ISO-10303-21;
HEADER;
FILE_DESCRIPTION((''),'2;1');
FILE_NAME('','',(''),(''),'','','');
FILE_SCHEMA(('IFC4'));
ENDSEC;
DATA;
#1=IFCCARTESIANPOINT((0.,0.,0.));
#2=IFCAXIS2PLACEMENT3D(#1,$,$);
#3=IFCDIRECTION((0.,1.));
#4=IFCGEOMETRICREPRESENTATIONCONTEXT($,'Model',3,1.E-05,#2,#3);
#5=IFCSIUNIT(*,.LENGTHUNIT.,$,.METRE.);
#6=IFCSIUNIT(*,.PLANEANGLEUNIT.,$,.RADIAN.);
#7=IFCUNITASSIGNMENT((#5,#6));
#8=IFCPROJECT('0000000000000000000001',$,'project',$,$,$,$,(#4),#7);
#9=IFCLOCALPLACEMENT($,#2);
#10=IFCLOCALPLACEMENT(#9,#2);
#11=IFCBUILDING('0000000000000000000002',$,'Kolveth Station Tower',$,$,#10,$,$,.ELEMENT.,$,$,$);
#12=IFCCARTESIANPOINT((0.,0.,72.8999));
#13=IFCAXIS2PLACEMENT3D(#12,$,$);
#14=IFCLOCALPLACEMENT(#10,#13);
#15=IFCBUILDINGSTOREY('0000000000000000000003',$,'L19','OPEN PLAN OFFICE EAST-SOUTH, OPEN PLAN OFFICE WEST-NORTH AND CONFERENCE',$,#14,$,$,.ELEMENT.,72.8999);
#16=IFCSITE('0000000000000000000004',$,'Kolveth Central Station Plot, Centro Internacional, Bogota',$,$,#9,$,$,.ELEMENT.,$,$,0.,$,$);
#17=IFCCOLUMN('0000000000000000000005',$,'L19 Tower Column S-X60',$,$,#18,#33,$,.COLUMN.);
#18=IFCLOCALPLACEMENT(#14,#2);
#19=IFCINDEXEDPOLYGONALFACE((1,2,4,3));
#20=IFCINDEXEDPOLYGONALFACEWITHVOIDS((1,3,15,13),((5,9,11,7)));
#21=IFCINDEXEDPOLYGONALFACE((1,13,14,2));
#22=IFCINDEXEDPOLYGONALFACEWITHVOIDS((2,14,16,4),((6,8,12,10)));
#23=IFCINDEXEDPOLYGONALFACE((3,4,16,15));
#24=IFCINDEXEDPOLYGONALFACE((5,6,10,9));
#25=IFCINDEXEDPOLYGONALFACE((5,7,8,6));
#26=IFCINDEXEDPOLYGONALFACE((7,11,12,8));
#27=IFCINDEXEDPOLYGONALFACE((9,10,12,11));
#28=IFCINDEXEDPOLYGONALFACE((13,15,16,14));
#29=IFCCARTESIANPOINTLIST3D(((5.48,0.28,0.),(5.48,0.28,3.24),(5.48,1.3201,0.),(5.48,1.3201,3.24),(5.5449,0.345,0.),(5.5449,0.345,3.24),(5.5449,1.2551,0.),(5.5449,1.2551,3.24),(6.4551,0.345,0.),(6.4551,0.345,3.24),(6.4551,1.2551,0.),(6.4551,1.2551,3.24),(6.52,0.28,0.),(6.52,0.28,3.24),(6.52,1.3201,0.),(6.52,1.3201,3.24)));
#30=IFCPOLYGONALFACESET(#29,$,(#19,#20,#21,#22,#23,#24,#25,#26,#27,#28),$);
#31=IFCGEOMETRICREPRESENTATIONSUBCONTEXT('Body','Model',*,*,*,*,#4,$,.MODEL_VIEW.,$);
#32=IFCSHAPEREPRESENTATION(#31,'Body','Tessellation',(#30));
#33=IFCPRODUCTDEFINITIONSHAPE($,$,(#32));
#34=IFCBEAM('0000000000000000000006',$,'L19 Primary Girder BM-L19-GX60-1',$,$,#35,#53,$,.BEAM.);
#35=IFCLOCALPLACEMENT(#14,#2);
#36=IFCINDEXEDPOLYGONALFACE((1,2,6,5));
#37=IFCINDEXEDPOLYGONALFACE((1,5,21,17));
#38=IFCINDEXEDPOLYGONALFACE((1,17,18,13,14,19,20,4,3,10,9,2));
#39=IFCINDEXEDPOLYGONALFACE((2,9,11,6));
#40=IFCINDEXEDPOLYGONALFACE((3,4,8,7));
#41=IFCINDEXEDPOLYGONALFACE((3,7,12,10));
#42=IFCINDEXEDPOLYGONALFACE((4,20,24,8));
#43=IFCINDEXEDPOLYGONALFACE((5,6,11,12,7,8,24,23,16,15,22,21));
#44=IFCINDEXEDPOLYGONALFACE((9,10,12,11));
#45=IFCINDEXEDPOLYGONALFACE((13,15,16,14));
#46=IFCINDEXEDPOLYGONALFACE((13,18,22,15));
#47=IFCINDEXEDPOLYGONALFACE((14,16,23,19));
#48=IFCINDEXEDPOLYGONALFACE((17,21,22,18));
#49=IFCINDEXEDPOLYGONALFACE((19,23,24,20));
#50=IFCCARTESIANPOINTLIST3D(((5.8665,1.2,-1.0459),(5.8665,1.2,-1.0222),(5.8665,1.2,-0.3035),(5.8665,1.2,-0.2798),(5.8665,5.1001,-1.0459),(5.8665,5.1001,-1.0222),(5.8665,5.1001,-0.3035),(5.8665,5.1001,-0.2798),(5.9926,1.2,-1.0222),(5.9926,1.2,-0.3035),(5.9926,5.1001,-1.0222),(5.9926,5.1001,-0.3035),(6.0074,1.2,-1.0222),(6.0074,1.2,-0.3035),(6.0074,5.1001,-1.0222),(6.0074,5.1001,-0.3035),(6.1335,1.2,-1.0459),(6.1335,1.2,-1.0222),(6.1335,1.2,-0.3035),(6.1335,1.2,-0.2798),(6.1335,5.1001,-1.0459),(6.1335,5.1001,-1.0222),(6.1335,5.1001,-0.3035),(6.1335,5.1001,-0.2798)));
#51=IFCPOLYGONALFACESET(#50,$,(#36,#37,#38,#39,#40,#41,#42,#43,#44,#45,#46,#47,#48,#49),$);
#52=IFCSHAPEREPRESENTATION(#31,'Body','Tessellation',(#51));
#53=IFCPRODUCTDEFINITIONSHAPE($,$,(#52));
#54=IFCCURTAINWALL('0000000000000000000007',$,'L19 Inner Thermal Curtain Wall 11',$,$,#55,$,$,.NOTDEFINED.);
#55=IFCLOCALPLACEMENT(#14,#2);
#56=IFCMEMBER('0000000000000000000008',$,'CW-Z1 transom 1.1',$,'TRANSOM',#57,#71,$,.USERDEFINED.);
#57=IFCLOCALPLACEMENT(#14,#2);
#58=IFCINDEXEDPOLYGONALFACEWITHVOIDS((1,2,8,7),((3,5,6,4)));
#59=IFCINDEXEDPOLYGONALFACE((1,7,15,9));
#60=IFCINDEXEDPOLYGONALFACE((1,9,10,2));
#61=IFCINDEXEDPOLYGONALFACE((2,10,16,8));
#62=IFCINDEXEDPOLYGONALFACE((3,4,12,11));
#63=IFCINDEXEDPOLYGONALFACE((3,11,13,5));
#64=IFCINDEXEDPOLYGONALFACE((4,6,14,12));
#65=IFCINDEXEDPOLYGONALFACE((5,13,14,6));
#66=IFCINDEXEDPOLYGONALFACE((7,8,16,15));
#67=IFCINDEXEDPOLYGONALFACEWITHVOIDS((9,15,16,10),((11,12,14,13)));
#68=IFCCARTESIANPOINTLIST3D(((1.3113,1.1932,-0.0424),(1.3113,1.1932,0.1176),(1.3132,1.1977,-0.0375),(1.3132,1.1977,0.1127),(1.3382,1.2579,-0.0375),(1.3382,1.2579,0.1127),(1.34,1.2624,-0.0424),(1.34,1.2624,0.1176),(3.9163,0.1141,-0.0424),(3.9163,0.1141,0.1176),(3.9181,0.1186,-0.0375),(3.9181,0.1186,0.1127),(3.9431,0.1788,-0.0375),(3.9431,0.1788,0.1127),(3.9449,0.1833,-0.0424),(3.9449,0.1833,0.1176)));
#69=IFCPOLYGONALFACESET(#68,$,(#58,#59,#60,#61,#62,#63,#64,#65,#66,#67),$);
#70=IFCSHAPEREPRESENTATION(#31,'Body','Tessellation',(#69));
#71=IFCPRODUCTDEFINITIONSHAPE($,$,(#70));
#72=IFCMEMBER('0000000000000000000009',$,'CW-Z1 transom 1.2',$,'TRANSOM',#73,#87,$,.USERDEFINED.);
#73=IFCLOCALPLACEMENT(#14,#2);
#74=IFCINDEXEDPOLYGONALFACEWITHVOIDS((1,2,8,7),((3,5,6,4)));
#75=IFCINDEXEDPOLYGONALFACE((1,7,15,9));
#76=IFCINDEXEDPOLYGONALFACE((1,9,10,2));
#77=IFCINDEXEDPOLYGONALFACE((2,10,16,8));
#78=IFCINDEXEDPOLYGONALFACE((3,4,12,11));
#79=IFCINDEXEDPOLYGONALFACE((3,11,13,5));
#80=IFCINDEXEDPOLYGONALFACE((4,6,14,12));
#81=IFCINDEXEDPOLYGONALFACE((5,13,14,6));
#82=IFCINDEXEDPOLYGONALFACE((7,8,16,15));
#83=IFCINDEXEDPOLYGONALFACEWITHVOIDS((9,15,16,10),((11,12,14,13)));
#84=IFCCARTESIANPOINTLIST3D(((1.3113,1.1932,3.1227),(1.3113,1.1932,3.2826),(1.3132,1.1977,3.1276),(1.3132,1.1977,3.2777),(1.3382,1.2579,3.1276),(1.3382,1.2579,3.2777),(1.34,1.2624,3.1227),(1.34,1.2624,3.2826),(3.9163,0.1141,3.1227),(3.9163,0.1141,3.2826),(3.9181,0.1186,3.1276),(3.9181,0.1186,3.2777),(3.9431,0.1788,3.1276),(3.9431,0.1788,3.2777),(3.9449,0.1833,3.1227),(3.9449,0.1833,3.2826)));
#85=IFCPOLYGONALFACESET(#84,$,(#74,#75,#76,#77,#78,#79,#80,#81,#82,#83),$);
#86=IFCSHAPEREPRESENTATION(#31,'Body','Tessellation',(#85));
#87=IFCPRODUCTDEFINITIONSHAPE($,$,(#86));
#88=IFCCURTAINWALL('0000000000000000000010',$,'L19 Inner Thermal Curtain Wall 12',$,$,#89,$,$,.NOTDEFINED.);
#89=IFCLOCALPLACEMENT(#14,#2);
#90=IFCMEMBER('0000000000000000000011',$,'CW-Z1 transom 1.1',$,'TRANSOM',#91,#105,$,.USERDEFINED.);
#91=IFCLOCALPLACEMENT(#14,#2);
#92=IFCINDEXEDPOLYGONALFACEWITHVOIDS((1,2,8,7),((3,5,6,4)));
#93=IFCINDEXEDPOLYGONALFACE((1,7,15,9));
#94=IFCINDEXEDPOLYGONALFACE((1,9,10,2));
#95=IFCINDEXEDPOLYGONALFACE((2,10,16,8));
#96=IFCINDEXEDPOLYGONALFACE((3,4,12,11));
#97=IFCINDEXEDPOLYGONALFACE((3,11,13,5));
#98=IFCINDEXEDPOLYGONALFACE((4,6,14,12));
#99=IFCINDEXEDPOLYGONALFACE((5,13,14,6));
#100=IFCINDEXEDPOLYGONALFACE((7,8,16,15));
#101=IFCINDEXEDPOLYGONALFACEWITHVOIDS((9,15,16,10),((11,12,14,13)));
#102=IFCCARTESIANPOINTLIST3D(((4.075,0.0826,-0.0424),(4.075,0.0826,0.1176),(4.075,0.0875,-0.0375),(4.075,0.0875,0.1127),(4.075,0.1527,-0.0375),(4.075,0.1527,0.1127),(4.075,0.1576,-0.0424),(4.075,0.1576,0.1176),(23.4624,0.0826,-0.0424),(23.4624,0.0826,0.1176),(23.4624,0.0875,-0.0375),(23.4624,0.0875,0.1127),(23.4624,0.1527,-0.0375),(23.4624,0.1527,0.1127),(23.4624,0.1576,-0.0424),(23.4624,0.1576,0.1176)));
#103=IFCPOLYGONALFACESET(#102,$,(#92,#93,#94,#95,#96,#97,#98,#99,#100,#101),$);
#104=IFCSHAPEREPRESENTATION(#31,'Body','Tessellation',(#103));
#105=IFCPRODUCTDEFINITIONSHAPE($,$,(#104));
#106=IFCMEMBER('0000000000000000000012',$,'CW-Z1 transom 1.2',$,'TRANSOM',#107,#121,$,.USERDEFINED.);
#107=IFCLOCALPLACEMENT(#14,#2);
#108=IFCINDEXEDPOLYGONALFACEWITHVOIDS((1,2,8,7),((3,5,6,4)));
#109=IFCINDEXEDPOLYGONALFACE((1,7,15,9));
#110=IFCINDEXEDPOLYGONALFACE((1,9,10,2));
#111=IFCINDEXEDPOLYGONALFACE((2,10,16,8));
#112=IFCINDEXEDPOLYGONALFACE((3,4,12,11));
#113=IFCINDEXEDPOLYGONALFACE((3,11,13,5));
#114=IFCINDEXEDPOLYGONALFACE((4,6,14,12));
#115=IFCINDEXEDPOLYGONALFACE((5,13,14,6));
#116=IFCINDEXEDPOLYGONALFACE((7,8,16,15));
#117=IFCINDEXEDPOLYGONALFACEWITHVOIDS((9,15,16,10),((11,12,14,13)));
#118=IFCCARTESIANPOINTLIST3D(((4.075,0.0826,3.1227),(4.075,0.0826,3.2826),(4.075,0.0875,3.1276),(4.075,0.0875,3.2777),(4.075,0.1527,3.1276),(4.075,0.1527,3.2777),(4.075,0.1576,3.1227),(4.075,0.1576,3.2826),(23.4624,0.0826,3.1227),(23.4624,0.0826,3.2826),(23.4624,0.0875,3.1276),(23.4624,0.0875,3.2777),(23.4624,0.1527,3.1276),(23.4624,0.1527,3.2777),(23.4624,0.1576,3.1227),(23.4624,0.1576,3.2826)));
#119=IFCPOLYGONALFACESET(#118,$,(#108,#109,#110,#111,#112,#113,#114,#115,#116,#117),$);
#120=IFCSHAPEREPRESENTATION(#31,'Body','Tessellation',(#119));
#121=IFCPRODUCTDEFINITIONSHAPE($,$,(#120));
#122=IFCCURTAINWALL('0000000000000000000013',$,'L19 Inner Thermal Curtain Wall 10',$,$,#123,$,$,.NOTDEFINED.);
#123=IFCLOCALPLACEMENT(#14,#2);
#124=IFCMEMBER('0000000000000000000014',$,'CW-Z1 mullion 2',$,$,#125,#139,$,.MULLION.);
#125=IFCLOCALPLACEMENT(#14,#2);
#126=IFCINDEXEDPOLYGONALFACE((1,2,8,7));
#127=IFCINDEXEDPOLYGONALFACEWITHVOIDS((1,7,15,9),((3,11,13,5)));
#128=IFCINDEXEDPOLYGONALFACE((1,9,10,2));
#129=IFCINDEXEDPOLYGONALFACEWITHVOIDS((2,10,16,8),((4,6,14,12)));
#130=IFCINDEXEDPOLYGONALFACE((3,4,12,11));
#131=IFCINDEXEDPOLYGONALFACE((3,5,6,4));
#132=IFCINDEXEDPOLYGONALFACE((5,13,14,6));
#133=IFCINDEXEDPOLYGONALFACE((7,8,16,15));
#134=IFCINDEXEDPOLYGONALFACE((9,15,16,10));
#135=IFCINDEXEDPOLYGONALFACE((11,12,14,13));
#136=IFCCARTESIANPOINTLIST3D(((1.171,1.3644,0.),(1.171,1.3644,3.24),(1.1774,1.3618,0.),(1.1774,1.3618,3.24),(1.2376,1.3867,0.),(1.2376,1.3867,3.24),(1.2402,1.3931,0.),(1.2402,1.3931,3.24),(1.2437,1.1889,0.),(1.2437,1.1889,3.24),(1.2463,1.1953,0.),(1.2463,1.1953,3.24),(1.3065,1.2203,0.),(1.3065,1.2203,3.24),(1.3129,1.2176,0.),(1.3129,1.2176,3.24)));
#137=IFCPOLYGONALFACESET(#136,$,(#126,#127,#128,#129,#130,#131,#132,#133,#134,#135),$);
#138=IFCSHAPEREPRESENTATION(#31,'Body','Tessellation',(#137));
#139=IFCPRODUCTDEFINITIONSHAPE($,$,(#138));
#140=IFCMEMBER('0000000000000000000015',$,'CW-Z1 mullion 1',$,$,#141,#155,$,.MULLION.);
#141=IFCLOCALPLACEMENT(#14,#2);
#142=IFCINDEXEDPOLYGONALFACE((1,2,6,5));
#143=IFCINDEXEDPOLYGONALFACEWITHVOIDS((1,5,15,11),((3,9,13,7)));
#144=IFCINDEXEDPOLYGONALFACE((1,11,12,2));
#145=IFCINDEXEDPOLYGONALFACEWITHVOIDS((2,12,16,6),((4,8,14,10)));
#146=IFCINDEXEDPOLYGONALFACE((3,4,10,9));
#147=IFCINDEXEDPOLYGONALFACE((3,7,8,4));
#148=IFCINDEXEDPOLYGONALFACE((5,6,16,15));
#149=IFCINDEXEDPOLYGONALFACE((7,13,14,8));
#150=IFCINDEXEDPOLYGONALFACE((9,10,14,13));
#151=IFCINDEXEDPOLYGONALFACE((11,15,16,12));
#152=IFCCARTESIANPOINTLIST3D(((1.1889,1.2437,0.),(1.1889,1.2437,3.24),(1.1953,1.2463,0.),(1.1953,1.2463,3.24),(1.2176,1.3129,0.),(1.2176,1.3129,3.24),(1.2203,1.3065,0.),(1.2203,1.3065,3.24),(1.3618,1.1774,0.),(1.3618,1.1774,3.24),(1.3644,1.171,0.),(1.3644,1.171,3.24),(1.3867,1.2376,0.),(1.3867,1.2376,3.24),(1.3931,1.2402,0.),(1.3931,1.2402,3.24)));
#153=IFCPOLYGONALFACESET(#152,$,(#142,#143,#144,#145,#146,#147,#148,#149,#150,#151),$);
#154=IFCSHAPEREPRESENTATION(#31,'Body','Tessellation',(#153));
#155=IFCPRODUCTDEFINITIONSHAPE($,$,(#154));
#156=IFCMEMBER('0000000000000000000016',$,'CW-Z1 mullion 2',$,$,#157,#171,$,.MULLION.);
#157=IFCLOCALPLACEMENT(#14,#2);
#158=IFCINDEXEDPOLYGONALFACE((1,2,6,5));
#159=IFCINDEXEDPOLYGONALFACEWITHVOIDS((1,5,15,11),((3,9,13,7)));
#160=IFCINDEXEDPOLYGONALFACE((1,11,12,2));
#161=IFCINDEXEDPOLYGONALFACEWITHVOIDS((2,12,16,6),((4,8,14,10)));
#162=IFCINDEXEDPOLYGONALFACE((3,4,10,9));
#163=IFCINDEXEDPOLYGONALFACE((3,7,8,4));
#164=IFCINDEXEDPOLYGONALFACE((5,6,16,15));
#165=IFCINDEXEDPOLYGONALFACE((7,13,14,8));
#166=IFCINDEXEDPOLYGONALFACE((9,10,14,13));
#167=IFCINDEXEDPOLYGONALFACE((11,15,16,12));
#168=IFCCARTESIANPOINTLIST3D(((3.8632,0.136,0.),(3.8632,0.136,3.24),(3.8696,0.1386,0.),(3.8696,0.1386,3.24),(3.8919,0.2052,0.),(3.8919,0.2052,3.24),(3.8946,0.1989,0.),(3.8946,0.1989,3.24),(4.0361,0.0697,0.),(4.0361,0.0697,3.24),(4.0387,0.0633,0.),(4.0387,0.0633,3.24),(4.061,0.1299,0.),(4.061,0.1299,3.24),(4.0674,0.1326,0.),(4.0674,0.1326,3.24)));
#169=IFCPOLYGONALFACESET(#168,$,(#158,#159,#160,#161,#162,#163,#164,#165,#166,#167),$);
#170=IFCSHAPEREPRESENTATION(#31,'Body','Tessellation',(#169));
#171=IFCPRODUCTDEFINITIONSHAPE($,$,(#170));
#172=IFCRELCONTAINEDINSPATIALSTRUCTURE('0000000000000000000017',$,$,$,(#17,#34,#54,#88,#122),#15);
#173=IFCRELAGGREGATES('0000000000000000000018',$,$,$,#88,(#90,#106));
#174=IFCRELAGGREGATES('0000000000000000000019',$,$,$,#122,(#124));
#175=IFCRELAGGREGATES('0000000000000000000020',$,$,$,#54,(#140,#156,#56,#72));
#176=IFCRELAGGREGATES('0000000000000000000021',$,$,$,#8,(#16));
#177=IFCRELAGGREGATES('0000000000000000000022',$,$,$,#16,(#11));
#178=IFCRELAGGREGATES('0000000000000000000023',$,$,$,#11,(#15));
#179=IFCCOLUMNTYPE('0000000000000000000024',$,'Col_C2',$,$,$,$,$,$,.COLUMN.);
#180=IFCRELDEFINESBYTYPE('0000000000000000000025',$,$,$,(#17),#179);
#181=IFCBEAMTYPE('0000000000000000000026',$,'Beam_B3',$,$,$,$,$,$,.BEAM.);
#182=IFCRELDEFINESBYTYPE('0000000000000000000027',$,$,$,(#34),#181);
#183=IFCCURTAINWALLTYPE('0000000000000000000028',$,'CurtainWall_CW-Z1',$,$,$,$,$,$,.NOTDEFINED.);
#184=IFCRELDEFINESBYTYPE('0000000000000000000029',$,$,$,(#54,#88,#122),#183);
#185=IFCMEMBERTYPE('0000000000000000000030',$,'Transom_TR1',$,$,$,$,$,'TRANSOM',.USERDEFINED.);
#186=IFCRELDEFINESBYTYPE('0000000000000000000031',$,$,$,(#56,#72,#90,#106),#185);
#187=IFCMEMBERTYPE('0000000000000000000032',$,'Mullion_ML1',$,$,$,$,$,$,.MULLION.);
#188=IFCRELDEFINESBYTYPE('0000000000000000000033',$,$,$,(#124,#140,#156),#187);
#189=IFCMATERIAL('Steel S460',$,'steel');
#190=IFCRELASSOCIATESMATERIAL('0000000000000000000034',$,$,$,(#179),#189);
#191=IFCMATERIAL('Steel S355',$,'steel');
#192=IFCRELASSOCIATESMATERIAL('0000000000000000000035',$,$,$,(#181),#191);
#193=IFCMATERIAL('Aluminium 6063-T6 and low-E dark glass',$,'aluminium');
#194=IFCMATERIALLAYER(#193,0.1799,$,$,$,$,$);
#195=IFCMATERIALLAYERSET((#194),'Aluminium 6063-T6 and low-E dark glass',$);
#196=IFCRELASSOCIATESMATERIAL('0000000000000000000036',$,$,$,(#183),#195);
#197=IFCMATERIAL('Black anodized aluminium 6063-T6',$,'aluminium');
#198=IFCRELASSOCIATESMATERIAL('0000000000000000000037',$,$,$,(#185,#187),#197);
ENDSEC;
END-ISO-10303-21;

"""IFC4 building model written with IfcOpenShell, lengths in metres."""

from ifc_helpers import new_model, si_unit, direction, frame, origin, origin_2d, place, context, subcontext, project, spatial, hollow_rectangle, i_section, extrude, source, transform, mapped, material, layer, layer_set, material_profile, profile_set, type_object, element, aggregate, save


model = new_model("IFC4")

# Units and contexts
model_context = context("Model", 3, precision=1e-05, world=origin(), true_north=direction((0.0, 1.0)))
body_context = subcontext(model_context, "Body", "Model", "MODEL_VIEW")
ifc_project = project(units=[si_unit("LENGTHUNIT", "METRE"), si_unit("PLANEANGLEUNIT", "RADIAN")], contexts=[model_context])

# Site, building, storey
site_placement = place(None, origin())
site = spatial("IfcSite", under=ifc_project, at=site_placement, Name="Kolveth Central Station Plot, Centro Internacional, Bogota", CompositionType="ELEMENT", RefElevation=0.0)
building_placement = place(site_placement, origin())
building = spatial("IfcBuilding", under=site, at=building_placement, Name="Kolveth Station Tower", CompositionType="ELEMENT")
storey_placement = place(building_placement, frame((0.0, 0.0, 72.8999)))
storey = spatial("IfcBuildingStorey", under=building, at=storey_placement, Name="L19", Description="OPEN PLAN OFFICE EAST-SOUTH, OPEN PLAN OFFICE WEST-NORTH AND CONFERENCE", CompositionType="ELEMENT", Elevation=72.8999)

# Column
ifc_material_1 = material(Name="Steel S460", Category="steel")
ifc_material_profile_1 = material_profile(ifc_material_1, hollow_rectangle(XDim=1.04, YDim=1.04, WallThickness=0.0649, at=origin_2d()), Name="BOX1040x1040x65")
ifc_profile_set_1 = profile_set([ifc_material_profile_1], Name="Steel S460")
column_type = type_object("IfcColumnType", Name="Col_C2", PredefinedType="COLUMN", material=ifc_profile_set_1)
shared_shape_1 = source(origin(), body_context, "Body", "SweptSolid", [
    extrude(hollow_rectangle(XDim=1.04, YDim=1.04, WallThickness=0.0649, at=origin_2d()), origin(), (0.0, 0.0, 1.0), 3.24),
])
column_placement = place(storey_placement, frame((6.0, 0.8, 0.0), z_axis=(0.0, 0.0, 1.0), x_axis=(1.0, 0.0, 0.0)))
element("IfcColumn", 1, at=column_placement, inside=storey, type_object=column_type, Name="L19 Tower Column S-X60", PredefinedType="COLUMN", context=body_context, shape_type="MappedRepresentation", body=[
    mapped(shared_shape_1, transform((0.0, 0.0, 0.0), x_axis=(1.0, 0.0, 0.0), y_axis=(0.0, 1.0, 0.0), z_axis=(0.0, 0.0, 1.0), scale=1.0)),
])

# Beam
ifc_material_2 = material(Name="Steel S355", Category="steel")
ifc_material_profile_2 = material_profile(ifc_material_2, i_section(OverallWidth=0.2671, OverallDepth=0.7661, WebThickness=0.0149, FlangeThickness=0.0237, at=origin_2d()), Name="W760x185")
ifc_profile_set_2 = profile_set([ifc_material_profile_2], Name="Steel S355")
beam_type = type_object("IfcBeamType", Name="Beam_B3", PredefinedType="BEAM", material=ifc_profile_set_2)
shared_shape_2 = source(origin(), body_context, "Body", "SweptSolid", [
    extrude(i_section(OverallWidth=0.2671, OverallDepth=0.7661, WebThickness=0.0149, FlangeThickness=0.0237, at=origin_2d()), origin(), (0.0, 0.0, 1.0), 3.9001),
])
beam_placement = place(storey_placement, frame((6.0, 1.2, -0.6628), z_axis=(0.0, 1.0, 0.0), x_axis=(-1.0, 0.0, 0.0)))
element("IfcBeam", 2, at=beam_placement, inside=storey, type_object=beam_type, Name="L19 Primary Girder BM-L19-GX60-1", PredefinedType="BEAM", context=body_context, shape_type="MappedRepresentation", body=[
    mapped(shared_shape_2, transform((0.0, 0.0, 0.0), x_axis=(1.0, 0.0, 0.0), y_axis=(0.0, 1.0, 0.0), z_axis=(0.0, 0.0, 1.0), scale=1.0)),
])

# Curtain walls, members
ifc_material_3 = material(Name="Aluminium 6063-T6 and low-E dark glass", Category="aluminium")
ifc_layer_1 = layer(ifc_material_3, 0.1799)
ifc_layer_set_1 = layer_set([ifc_layer_1], Name="Aluminium 6063-T6 and low-E dark glass")
curtain_wall_type_1 = type_object("IfcCurtainWallType", Name="CurtainWall_CW-Z1", PredefinedType="NOTDEFINED", material=ifc_layer_set_1)
curtain_wall_1_placement = place(storey_placement, origin())
curtain_wall_1 = element("IfcCurtainWall", 3, at=curtain_wall_1_placement, inside=storey, type_object=curtain_wall_type_1, Name="L19 Inner Thermal Curtain Wall 11", PredefinedType="NOTDEFINED")
ifc_material_4 = material(Name="Black anodized aluminium 6063-T6", Category="aluminium")
ifc_material_profile_3 = material_profile(ifc_material_4, hollow_rectangle(XDim=0.075, YDim=0.1599, WallThickness=0.0049, at=origin_2d()), Name="ALU-75x160x5")
ifc_profile_set_3 = profile_set([ifc_material_profile_3], Name="Black anodized aluminium 6063-T6")
member_type_1 = type_object("IfcMemberType", Name="Transom_TR1", ElementType="TRANSOM", PredefinedType="USERDEFINED", material=ifc_profile_set_3)
shared_shape_3 = source(origin(), body_context, "Body", "SweptSolid", [
    extrude(hollow_rectangle(XDim=0.075, YDim=0.1599, WallThickness=0.0049, at=origin_2d()), origin(), (0.0, 0.0, 1.0), 2.8196),
])
member_1_placement = place(storey_placement, frame((1.3257, 1.2278, 0.0376), z_axis=(0.923869, -0.382709, 0.0), x_axis=(0.382709, 0.923869, 0.0)))
member_1 = element("IfcMember", 4, at=member_1_placement, type_object=member_type_1, Name="CW-Z1 transom 1.1", ObjectType="TRANSOM", PredefinedType="USERDEFINED", context=body_context, shape_type="MappedRepresentation", body=[
    mapped(shared_shape_3, transform((0.0, 0.0, 0.0), x_axis=(1.0, 0.0, 0.0), y_axis=(0.0, 1.0, 0.0), z_axis=(0.0, 0.0, 1.0), scale=1.0)),
])
member_2_placement = place(storey_placement, frame((1.3257, 1.2278, 3.2026), z_axis=(0.923869, -0.382709, 0.0), x_axis=(0.382709, 0.923869, 0.0)))
member_2 = element("IfcMember", 5, at=member_2_placement, type_object=member_type_1, Name="CW-Z1 transom 1.2", ObjectType="TRANSOM", PredefinedType="USERDEFINED", context=body_context, shape_type="MappedRepresentation", body=[
    mapped(shared_shape_3, transform((0.0, 0.0, 0.0), x_axis=(1.0, 0.0, 0.0), y_axis=(0.0, 1.0, 0.0), z_axis=(0.0, 0.0, 1.0), scale=1.0)),
])
curtain_wall_2_placement = place(storey_placement, origin())
curtain_wall_2 = element("IfcCurtainWall", 6, at=curtain_wall_2_placement, inside=storey, type_object=curtain_wall_type_1, Name="L19 Inner Thermal Curtain Wall 12", PredefinedType="NOTDEFINED")
shared_shape_4 = source(origin(), body_context, "Body", "SweptSolid", [
    extrude(hollow_rectangle(XDim=0.075, YDim=0.1599, WallThickness=0.0049, at=origin_2d()), origin(), (0.0, 0.0, 1.0), 19.3875),
])
member_3_placement = place(storey_placement, frame((4.075, 0.1201, 0.0376), z_axis=(1.0, 0.0, 0.0), x_axis=(0.0, 1.0, 0.0)))
member_3 = element("IfcMember", 7, at=member_3_placement, type_object=member_type_1, Name="CW-Z1 transom 1.1", ObjectType="TRANSOM", PredefinedType="USERDEFINED", context=body_context, shape_type="MappedRepresentation", body=[
    mapped(shared_shape_4, transform((0.0, 0.0, 0.0), x_axis=(1.0, 0.0, 0.0), y_axis=(0.0, 1.0, 0.0), z_axis=(0.0, 0.0, 1.0), scale=1.0)),
])
member_4_placement = place(storey_placement, frame((4.075, 0.1201, 3.2026), z_axis=(1.0, 0.0, 0.0), x_axis=(0.0, 1.0, 0.0)))
member_4 = element("IfcMember", 8, at=member_4_placement, type_object=member_type_1, Name="CW-Z1 transom 1.2", ObjectType="TRANSOM", PredefinedType="USERDEFINED", context=body_context, shape_type="MappedRepresentation", body=[
    mapped(shared_shape_4, transform((0.0, 0.0, 0.0), x_axis=(1.0, 0.0, 0.0), y_axis=(0.0, 1.0, 0.0), z_axis=(0.0, 0.0, 1.0), scale=1.0)),
])

# Curtain wall, member
curtain_wall_3_placement = place(storey_placement, origin())
curtain_wall_3 = element("IfcCurtainWall", 9, at=curtain_wall_3_placement, inside=storey, type_object=curtain_wall_type_1, Name="L19 Inner Thermal Curtain Wall 10", PredefinedType="NOTDEFINED")
ifc_material_profile_4 = material_profile(ifc_material_4, hollow_rectangle(XDim=0.075, YDim=0.1899, WallThickness=0.0049, at=origin_2d()), Name="ALU-75x190x5")
ifc_profile_set_4 = profile_set([ifc_material_profile_4], Name="Black anodized aluminium 6063-T6")
member_type_2 = type_object("IfcMemberType", Name="Mullion_ML1", PredefinedType="MULLION", material=ifc_profile_set_4)
shared_shape_5 = source(origin(), body_context, "Body", "SweptSolid", [
    extrude(hollow_rectangle(XDim=0.075, YDim=0.1899, WallThickness=0.0049, at=origin_2d()), origin(), (0.0, 0.0, 1.0), 3.24),
])
member_5_placement = place(storey_placement, frame((1.2419, 1.291, 0.0), z_axis=(0.0, 0.0, 1.0), x_axis=(0.923884, 0.382673, 0.0)))
member_5 = element("IfcMember", 10, at=member_5_placement, type_object=member_type_2, Name="CW-Z1 mullion 2", PredefinedType="MULLION", context=body_context, shape_type="MappedRepresentation", body=[
    mapped(shared_shape_5, transform((0.0, 0.0, 0.0), x_axis=(1.0, 0.0, 0.0), y_axis=(0.0, 1.0, 0.0), z_axis=(0.0, 0.0, 1.0), scale=1.0)),
])

# Members
member_6_placement = place(storey_placement, frame((1.291, 1.2419, 0.0), z_axis=(0.0, 0.0, 1.0), x_axis=(0.382673, 0.923884, 0.0)))
member_6 = element("IfcMember", 11, at=member_6_placement, type_object=member_type_2, Name="CW-Z1 mullion 1", PredefinedType="MULLION", context=body_context, shape_type="MappedRepresentation", body=[
    mapped(shared_shape_5, transform((0.0, 0.0, 0.0), x_axis=(1.0, 0.0, 0.0), y_axis=(0.0, 1.0, 0.0), z_axis=(0.0, 0.0, 1.0), scale=1.0)),
])
member_7_placement = place(storey_placement, frame((3.9653, 0.1343, 0.0), z_axis=(0.0, 0.0, 1.0), x_axis=(0.382673, 0.923884, 0.0)))
member_7 = element("IfcMember", 12, at=member_7_placement, type_object=member_type_2, Name="CW-Z1 mullion 2", PredefinedType="MULLION", context=body_context, shape_type="MappedRepresentation", body=[
    mapped(shared_shape_5, transform((0.0, 0.0, 0.0), x_axis=(1.0, 0.0, 0.0), y_axis=(0.0, 1.0, 0.0), z_axis=(0.0, 0.0, 1.0), scale=1.0)),
])
aggregate(curtain_wall_2, [member_3, member_4])

aggregate(curtain_wall_3, [member_5])
aggregate(curtain_wall_1, [member_6, member_7, member_1, member_2])

save(model, "model.ifc")
